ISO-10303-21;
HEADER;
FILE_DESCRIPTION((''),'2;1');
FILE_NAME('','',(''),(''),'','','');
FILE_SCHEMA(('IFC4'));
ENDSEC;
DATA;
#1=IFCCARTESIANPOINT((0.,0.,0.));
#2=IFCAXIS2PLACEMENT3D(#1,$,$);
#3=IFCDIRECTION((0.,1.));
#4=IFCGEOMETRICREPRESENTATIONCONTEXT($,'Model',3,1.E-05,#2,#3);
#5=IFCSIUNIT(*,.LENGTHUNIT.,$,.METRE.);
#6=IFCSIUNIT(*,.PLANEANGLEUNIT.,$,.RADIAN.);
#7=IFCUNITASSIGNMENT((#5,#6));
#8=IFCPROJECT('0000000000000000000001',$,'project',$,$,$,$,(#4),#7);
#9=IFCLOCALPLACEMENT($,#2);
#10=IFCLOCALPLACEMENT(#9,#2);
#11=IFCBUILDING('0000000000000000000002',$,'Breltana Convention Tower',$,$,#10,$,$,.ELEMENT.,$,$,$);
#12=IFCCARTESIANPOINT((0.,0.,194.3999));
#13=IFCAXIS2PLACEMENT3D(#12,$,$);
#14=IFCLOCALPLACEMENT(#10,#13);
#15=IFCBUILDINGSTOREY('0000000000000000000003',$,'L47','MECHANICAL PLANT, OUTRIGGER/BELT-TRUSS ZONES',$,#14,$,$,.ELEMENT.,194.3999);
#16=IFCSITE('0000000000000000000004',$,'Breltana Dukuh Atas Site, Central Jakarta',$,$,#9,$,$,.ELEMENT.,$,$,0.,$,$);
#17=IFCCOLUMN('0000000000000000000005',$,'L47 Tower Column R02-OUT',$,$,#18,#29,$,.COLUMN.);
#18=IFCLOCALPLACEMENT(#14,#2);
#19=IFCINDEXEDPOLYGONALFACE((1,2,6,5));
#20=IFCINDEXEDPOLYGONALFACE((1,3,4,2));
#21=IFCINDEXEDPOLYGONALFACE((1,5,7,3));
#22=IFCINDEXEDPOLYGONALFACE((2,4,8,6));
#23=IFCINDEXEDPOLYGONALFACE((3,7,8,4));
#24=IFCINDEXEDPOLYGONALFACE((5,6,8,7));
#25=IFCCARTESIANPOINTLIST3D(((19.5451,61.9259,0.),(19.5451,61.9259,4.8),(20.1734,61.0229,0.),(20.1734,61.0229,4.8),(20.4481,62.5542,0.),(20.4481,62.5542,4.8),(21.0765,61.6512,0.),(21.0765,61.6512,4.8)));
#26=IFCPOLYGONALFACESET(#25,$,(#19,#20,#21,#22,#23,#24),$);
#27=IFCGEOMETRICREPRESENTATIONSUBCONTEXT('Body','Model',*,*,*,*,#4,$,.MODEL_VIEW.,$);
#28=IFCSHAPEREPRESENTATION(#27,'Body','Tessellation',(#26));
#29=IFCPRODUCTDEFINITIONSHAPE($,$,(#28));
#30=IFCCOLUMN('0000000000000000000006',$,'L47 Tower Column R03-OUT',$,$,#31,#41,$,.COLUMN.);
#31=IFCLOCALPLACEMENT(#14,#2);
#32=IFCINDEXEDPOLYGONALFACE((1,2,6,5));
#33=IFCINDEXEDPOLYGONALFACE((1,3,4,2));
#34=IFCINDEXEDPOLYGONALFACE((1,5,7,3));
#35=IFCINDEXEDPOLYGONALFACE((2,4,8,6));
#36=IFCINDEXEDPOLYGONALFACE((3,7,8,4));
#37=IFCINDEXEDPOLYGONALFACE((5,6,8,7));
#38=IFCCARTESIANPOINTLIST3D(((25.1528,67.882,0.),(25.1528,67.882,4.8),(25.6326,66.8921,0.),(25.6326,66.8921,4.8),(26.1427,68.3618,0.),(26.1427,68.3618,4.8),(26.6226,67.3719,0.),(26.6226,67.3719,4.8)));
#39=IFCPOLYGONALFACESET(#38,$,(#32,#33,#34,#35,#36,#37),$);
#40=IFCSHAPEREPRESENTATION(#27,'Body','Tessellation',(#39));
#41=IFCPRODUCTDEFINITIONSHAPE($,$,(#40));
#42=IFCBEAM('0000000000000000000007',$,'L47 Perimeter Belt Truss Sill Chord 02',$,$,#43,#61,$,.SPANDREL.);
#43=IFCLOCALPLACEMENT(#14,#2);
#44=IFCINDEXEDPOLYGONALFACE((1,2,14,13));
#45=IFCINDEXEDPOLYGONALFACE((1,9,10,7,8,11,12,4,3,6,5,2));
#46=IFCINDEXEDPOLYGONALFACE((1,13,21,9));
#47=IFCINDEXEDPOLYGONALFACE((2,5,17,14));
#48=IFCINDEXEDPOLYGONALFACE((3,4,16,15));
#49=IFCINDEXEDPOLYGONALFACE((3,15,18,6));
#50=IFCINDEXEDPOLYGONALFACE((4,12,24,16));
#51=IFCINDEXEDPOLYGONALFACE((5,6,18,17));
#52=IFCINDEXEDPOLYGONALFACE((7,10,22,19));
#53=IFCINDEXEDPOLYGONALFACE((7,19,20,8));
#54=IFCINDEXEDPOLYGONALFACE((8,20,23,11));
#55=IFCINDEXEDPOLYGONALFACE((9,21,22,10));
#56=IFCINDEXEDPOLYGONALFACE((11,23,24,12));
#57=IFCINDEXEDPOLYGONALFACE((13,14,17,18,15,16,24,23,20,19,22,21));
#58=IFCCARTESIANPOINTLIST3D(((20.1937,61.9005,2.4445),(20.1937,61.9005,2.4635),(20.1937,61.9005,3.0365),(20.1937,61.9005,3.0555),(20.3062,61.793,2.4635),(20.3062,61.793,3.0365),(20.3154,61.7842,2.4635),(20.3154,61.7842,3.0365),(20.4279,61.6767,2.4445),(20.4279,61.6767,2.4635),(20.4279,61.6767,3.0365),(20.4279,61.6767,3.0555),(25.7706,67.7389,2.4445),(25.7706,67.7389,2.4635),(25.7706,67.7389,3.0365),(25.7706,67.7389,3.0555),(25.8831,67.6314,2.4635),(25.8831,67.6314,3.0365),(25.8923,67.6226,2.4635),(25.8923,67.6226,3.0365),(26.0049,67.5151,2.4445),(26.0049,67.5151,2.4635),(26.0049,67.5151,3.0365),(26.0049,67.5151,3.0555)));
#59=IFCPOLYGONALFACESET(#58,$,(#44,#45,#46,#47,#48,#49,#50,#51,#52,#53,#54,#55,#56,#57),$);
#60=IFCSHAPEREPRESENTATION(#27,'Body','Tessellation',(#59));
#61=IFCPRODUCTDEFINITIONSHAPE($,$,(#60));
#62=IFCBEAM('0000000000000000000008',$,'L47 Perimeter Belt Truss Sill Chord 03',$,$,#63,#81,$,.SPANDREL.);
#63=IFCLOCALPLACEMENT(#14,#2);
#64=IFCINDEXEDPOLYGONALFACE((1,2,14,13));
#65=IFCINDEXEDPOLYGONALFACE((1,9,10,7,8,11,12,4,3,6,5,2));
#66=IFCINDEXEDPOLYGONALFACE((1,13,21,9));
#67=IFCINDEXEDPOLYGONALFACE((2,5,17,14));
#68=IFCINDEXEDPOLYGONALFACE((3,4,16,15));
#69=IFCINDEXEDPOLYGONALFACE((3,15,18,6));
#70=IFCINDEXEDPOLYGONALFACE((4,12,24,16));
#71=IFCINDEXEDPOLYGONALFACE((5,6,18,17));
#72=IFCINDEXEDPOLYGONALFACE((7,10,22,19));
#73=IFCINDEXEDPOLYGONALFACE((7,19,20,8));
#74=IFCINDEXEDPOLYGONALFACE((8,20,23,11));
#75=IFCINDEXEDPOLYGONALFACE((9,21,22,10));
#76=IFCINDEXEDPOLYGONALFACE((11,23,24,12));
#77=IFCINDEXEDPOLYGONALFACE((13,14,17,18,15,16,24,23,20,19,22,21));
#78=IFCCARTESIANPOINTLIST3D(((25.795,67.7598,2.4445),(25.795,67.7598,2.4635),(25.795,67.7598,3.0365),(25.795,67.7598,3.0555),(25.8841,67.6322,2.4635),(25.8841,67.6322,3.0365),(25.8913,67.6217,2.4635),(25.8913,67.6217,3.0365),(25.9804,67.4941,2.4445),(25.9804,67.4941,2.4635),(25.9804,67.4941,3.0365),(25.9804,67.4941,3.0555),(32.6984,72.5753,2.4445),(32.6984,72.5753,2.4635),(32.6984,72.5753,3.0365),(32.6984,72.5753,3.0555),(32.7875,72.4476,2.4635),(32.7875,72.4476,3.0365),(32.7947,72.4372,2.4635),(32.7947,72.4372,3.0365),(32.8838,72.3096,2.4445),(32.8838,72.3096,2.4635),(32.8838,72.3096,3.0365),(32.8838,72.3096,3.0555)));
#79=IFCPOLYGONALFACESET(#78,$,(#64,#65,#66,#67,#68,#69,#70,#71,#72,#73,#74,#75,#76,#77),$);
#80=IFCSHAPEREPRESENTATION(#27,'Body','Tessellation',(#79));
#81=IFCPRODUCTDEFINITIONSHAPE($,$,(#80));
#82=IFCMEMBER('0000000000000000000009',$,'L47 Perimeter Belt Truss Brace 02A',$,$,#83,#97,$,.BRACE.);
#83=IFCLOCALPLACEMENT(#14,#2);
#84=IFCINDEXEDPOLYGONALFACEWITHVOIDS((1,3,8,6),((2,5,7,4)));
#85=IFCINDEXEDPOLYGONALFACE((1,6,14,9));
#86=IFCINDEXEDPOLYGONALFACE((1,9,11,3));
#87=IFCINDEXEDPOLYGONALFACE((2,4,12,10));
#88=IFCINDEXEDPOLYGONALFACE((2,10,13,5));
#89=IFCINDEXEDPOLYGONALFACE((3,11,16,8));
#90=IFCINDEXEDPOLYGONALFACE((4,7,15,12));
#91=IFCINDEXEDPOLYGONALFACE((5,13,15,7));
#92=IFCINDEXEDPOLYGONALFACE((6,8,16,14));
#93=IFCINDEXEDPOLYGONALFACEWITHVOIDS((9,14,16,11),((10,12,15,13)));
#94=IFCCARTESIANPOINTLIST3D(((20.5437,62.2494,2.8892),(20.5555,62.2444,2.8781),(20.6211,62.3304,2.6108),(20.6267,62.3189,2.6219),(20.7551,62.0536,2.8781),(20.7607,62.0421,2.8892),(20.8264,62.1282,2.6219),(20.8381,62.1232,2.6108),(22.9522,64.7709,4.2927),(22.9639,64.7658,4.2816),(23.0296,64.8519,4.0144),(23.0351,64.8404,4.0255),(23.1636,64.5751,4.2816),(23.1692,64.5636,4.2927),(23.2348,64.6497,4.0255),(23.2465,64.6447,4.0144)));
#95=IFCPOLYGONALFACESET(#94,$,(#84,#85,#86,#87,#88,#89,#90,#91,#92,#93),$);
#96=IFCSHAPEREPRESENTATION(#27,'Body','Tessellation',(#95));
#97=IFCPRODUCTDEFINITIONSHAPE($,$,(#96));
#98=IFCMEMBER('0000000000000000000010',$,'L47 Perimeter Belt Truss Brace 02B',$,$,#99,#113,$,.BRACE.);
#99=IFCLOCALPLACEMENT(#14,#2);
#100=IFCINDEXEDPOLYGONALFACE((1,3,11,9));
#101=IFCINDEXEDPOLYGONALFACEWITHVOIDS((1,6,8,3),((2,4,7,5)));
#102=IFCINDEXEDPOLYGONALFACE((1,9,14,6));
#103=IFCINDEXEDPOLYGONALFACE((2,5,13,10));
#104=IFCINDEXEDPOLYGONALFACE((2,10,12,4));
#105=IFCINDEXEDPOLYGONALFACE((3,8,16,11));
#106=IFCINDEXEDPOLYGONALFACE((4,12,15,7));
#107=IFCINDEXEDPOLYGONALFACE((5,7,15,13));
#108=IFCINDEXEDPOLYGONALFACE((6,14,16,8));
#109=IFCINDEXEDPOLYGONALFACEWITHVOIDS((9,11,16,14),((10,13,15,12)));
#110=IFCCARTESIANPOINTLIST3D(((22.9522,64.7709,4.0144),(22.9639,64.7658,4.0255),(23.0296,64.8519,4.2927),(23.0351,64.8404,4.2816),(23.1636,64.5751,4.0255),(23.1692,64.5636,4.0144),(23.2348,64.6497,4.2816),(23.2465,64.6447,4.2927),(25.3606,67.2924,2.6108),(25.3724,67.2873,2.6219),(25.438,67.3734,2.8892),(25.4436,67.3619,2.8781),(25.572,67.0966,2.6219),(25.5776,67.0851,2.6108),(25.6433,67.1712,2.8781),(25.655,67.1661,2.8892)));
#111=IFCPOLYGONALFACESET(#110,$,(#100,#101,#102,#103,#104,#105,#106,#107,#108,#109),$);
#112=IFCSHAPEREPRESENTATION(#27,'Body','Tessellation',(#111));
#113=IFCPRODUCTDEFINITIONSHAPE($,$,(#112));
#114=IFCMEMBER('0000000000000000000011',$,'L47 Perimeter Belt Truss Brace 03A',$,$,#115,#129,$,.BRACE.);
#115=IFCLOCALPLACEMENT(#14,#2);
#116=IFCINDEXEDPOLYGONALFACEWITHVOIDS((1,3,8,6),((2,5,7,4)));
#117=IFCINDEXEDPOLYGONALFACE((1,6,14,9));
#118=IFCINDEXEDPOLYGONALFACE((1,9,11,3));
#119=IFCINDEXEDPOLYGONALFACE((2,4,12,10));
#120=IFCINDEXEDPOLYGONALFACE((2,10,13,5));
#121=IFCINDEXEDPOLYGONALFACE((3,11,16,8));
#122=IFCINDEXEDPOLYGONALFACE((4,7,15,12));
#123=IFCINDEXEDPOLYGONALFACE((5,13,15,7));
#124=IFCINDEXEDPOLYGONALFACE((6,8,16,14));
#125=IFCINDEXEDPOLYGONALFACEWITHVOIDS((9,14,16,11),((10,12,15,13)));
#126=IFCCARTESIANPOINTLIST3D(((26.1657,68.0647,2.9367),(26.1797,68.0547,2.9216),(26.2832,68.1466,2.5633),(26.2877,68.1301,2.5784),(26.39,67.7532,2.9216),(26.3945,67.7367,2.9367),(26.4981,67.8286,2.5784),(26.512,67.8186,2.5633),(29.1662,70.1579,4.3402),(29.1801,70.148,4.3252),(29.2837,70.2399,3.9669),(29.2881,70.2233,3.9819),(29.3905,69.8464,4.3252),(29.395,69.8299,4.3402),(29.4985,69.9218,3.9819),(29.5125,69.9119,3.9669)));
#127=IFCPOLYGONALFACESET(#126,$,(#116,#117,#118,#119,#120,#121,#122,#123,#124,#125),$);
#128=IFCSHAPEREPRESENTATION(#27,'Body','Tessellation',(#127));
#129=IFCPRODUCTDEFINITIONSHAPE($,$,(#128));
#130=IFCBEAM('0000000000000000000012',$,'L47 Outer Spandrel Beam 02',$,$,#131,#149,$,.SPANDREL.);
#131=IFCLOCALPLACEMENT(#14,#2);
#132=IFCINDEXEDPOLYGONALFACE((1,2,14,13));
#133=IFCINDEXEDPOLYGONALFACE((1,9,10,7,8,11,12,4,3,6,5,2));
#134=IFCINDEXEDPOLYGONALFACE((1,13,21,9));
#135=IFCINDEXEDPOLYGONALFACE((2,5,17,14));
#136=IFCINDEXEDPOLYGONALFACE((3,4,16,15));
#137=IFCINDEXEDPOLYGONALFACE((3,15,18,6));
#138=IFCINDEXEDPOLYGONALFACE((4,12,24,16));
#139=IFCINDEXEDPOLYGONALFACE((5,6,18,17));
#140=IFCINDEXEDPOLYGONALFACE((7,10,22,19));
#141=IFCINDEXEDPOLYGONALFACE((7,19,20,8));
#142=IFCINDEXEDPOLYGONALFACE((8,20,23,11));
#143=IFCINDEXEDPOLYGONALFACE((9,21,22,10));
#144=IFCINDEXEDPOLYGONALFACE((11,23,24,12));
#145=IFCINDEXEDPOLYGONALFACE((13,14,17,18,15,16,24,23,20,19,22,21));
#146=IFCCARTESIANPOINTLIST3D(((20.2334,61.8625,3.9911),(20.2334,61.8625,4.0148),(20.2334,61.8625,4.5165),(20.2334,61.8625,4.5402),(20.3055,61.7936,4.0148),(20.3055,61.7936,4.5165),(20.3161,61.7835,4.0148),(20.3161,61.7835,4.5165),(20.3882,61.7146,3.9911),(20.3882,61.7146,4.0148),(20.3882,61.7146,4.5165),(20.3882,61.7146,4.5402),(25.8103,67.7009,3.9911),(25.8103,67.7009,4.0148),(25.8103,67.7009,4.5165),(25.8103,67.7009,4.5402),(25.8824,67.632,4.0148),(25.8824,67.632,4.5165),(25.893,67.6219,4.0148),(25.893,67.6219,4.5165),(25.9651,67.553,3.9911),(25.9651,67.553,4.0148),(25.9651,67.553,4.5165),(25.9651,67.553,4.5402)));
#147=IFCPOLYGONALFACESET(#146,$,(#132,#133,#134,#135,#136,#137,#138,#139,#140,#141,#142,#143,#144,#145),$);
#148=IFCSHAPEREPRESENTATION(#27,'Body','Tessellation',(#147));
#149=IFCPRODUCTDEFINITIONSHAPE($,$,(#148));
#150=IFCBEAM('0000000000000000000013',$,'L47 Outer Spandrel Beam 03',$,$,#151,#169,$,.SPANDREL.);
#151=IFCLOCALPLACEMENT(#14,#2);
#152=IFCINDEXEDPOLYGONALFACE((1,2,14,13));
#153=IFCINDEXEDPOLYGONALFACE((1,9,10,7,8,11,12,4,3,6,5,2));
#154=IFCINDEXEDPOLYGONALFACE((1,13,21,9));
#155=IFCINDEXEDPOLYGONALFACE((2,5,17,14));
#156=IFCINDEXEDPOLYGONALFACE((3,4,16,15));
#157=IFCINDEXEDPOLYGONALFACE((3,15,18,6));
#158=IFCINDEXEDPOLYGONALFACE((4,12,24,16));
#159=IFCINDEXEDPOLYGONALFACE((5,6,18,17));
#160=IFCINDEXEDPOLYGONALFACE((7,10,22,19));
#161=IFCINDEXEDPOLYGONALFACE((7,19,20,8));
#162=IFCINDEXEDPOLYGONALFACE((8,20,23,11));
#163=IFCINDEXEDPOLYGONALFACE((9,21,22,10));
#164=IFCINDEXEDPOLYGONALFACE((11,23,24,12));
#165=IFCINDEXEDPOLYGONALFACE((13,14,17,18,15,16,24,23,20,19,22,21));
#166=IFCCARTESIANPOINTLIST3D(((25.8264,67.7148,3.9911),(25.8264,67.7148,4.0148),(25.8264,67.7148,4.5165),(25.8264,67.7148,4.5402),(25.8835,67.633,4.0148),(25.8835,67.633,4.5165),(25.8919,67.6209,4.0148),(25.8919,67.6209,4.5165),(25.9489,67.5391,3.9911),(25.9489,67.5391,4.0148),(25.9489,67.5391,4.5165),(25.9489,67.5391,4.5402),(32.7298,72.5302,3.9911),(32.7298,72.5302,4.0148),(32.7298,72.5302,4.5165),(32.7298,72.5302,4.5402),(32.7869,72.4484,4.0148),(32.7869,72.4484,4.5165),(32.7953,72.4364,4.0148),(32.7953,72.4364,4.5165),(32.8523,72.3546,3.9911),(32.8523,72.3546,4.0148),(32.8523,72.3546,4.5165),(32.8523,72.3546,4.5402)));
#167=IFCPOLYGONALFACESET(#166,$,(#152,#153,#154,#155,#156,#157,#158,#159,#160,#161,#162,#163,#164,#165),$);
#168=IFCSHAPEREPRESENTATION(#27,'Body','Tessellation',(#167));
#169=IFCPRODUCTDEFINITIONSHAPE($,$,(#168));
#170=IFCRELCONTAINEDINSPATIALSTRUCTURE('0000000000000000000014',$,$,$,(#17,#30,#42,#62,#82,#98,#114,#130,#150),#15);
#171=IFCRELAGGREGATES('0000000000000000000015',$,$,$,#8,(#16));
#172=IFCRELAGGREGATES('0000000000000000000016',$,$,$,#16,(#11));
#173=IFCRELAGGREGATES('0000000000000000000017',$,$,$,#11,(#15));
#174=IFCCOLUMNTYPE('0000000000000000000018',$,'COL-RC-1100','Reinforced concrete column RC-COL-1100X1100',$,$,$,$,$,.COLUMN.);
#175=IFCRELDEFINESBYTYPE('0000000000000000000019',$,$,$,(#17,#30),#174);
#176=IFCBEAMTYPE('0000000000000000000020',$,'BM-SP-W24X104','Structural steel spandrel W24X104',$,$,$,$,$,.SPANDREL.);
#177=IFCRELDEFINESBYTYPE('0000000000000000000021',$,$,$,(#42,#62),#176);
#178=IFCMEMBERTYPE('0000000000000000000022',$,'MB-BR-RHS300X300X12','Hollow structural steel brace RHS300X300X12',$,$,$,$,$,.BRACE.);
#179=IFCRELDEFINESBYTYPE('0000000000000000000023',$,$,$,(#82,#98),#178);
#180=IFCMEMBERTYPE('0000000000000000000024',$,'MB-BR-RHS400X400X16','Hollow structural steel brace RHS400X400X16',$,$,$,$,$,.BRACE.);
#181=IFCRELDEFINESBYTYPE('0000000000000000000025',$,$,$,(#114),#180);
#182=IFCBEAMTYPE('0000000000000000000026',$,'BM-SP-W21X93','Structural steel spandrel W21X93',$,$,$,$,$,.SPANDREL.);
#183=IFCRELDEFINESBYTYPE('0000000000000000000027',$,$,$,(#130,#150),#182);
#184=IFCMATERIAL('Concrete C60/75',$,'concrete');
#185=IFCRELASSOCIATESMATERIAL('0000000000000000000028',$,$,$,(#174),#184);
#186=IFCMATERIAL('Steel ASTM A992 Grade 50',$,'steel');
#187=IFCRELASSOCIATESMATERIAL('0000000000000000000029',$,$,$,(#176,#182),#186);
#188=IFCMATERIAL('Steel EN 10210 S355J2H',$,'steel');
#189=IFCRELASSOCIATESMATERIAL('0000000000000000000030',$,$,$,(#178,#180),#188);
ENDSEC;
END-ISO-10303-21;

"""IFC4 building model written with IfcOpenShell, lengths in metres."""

from ifc_helpers import new_model, si_unit, direction, frame, origin, origin_2d, place, context, subcontext, project, spatial, rectangle, hollow_rectangle, i_section, extrude, source, transform, mapped, material, material_profile, profile_set, type_object, element, save


model = new_model("IFC4")

# Units and contexts
model_context = context("Model", 3, precision=1e-05, world=origin(), true_north=direction((0.0, 1.0)))
body_context = subcontext(model_context, "Body", "Model", "MODEL_VIEW")
ifc_project = project(units=[si_unit("LENGTHUNIT", "METRE"), si_unit("PLANEANGLEUNIT", "RADIAN")], contexts=[model_context])

# Site, building, storey
site_placement = place(None, origin())
site = spatial("IfcSite", under=ifc_project, at=site_placement, Name="Breltana Dukuh Atas Site, Central Jakarta", CompositionType="ELEMENT", RefElevation=0.0)
building_placement = place(site_placement, origin())
building = spatial("IfcBuilding", under=site, at=building_placement, Name="Breltana Convention Tower", CompositionType="ELEMENT")
storey_placement = place(building_placement, frame((0.0, 0.0, 194.3999)))
storey = spatial("IfcBuildingStorey", under=building, at=storey_placement, Name="L47", Description="MECHANICAL PLANT, OUTRIGGER/BELT-TRUSS ZONES", CompositionType="ELEMENT", Elevation=194.3999)

# Columns
ifc_material_1 = material(Name="Concrete C60/75", Category="concrete")
ifc_material_profile_1 = material_profile(ifc_material_1, rectangle(XDim=1.1001, YDim=1.1001, at=origin_2d()), Name="RC-COL-1100X1100")
ifc_profile_set_1 = profile_set([ifc_material_profile_1], Name="Concrete C60/75")
column_type = type_object("IfcColumnType", Name="COL-RC-1100", Description="Reinforced concrete column RC-COL-1100X1100", PredefinedType="COLUMN", material=ifc_profile_set_1)
shared_shape_1 = source(origin(), body_context, "Body", "SweptSolid", [
    extrude(rectangle(XDim=1.1001, YDim=1.1001, at=origin_2d()), origin(), (0.0, 0.0, 1.0), 4.8),
])
for number, where, z_axis, x_axis, name in (
    (1, (20.3108, 61.7886, 0.0), (0.0, 0.0, 1.0), (-0.571143, 0.82085, 0.0), "L47 Tower Column R02-OUT"),
    (2, (25.8877, 67.627, 0.0), (0.0, 0.0, 1.0), (-0.436174, 0.899863, 0.0), "L47 Tower Column R03-OUT"),
):
    element("IfcColumn", number, at=place(storey_placement, frame(where, z_axis=z_axis, x_axis=x_axis)), inside=storey, type_object=column_type, Name=name, PredefinedType="COLUMN", context=body_context, shape_type="MappedRepresentation", body=[
        mapped(shared_shape_1, transform((0.0, 0.0, 0.0), scale=1.0)),
    ])

# Beams
ifc_material_2 = material(Name="Steel ASTM A992 Grade 50", Category="steel")
ifc_material_profile_2 = material_profile(ifc_material_2, i_section(OverallWidth=0.324, OverallDepth=0.6111, WebThickness=0.0127, FlangeThickness=0.019, at=origin_2d()), Name="W24X104")
ifc_profile_set_2 = profile_set([ifc_material_profile_2], Name="Steel ASTM A992 Grade 50")
beam_type_1 = type_object("IfcBeamType", Name="BM-SP-W24X104", Description="Structural steel spandrel W24X104", PredefinedType="SPANDREL", material=ifc_profile_set_2)
shared_shape_2 = source(origin(), body_context, "Body", "SweptSolid", [
    extrude(i_section(OverallWidth=0.324, OverallDepth=0.6111, WebThickness=0.0127, FlangeThickness=0.019, at=origin_2d()), origin(), (0.0, 0.0, 1.0), 8.074),
])
beam_1_placement = place(storey_placement, frame((20.3108, 61.7886, 2.75), z_axis=(0.690729, 0.723114, 0.0), x_axis=(-0.723114, 0.690729, 0.0)))
element("IfcBeam", 3, at=beam_1_placement, inside=storey, type_object=beam_type_1, Name="L47 Perimeter Belt Truss Sill Chord 02", PredefinedType="SPANDREL", context=body_context, shape_type="MappedRepresentation", body=[
    mapped(shared_shape_2, transform((0.0, 0.0, 0.0), scale=1.0)),
])
shared_shape_3 = source(origin(), body_context, "Body", "SweptSolid", [
    extrude(i_section(OverallWidth=0.324, OverallDepth=0.6111, WebThickness=0.0127, FlangeThickness=0.019, at=origin_2d()), origin(), (0.0, 0.0, 1.0), 8.417),
])
beam_2_placement = place(storey_placement, frame((25.8877, 67.627, 2.75), z_axis=(0.820174, 0.572114, 0.0), x_axis=(-0.572114, 0.820174, 0.0)))
element("IfcBeam", 4, at=beam_2_placement, inside=storey, type_object=beam_type_1, Name="L47 Perimeter Belt Truss Sill Chord 03", PredefinedType="SPANDREL", context=body_context, shape_type="MappedRepresentation", body=[
    mapped(shared_shape_3, transform((0.0, 0.0, 0.0), scale=1.0)),
])

# Members
ifc_material_3 = material(Name="Steel EN 10210 S355J2H", Category="steel")
ifc_material_profile_3 = material_profile(ifc_material_3, hollow_rectangle(XDim=0.3, YDim=0.3, WallThickness=0.012, at=origin_2d()), Name="RHS300X300X12")
ifc_profile_set_3 = profile_set([ifc_material_profile_3], Name="Steel EN 10210 S355J2H")
member_type_1 = type_object("IfcMemberType", Name="MB-BR-RHS300X300X12", Description="Hollow structural steel brace RHS300X300X12", PredefinedType="BRACE", material=ifc_profile_set_3)
shared_shape_4 = source(origin(), body_context, "Body", "SweptSolid", [
    extrude(hollow_rectangle(XDim=0.3, YDim=0.3, WallThickness=0.012, at=origin_2d()), origin(), (0.0, 0.0, 1.0), 3.7588),
])
for number, where, z_axis, x_axis, name in (
    (5, (20.6909, 62.1863, 2.75), (0.640751, 0.670824, 0.373409), (-0.72313, 0.690712, 0.0), "L47 Perimeter Belt Truss Brace 02A"),
    (6, (23.0994, 64.7078, 4.1536), (0.640751, 0.670824, -0.373409), (-0.72313, 0.690712, 0.0), "L47 Perimeter Belt Truss Brace 02B"),
):
    element("IfcMember", number, at=place(storey_placement, frame(where, z_axis=z_axis, x_axis=x_axis)), inside=storey, type_object=member_type_1, Name=name, PredefinedType="BRACE", context=body_context, shape_type="MappedRepresentation", body=[
        mapped(shared_shape_4, transform((0.0, 0.0, 0.0), scale=1.0)),
    ])
ifc_material_profile_4 = material_profile(ifc_material_3, hollow_rectangle(XDim=0.3999, YDim=0.3999, WallThickness=0.0161, at=origin_2d()), Name="RHS400X400X16")
ifc_profile_set_4 = profile_set([ifc_material_profile_4], Name="Steel EN 10210 S355J2H")
member_type_2 = type_object("IfcMemberType", Name="MB-BR-RHS400X400X16", Description="Hollow structural steel brace RHS400X400X16", PredefinedType="BRACE", material=ifc_profile_set_4)
shared_shape_5 = source(origin(), body_context, "Body", "SweptSolid", [
    extrude(hollow_rectangle(XDim=0.3999, YDim=0.3999, WallThickness=0.0161, at=origin_2d()), origin(), (0.0, 0.0, 1.0), 3.9185),
])
member_placement = place(storey_placement, frame((26.3389, 67.9417, 2.75), z_axis=(0.765723, 0.534199, 0.358189), x_axis=(-0.572163, 0.82014, 0.0)))
element("IfcMember", 7, at=member_placement, inside=storey, type_object=member_type_2, Name="L47 Perimeter Belt Truss Brace 03A", PredefinedType="BRACE", context=body_context, shape_type="MappedRepresentation", body=[
    mapped(shared_shape_5, transform((0.0, 0.0, 0.0), scale=1.0)),
])

# Beams
ifc_material_profile_5 = material_profile(ifc_material_2, i_section(OverallWidth=0.2141, OverallDepth=0.5491, WebThickness=0.0146, FlangeThickness=0.0237, at=origin_2d()), Name="W21X93")
ifc_profile_set_5 = profile_set([ifc_material_profile_5], Name="Steel ASTM A992 Grade 50")
beam_type_2 = type_object("IfcBeamType", Name="BM-SP-W21X93", Description="Structural steel spandrel W21X93", PredefinedType="SPANDREL", material=ifc_profile_set_5)
shared_shape_6 = source(origin(), body_context, "Body", "SweptSolid", [
    extrude(i_section(OverallWidth=0.2141, OverallDepth=0.5491, WebThickness=0.0146, FlangeThickness=0.0237, at=origin_2d()), origin(), (0.0, 0.0, 1.0), 8.074),
])
beam_3_placement = place(storey_placement, frame((20.3108, 61.7886, 4.2656), z_axis=(0.690729, 0.723114, 0.0), x_axis=(-0.723114, 0.690729, 0.0)))
element("IfcBeam", 8, at=beam_3_placement, inside=storey, type_object=beam_type_2, Name="L47 Outer Spandrel Beam 02", PredefinedType="SPANDREL", context=body_context, shape_type="MappedRepresentation", body=[
    mapped(shared_shape_6, transform((0.0, 0.0, 0.0), scale=1.0)),
])
shared_shape_7 = source(origin(), body_context, "Body", "SweptSolid", [
    extrude(i_section(OverallWidth=0.2141, OverallDepth=0.5491, WebThickness=0.0146, FlangeThickness=0.0237, at=origin_2d()), origin(), (0.0, 0.0, 1.0), 8.417),
])
beam_4_placement = place(storey_placement, frame((25.8877, 67.627, 4.2656), z_axis=(0.820174, 0.572114, 0.0), x_axis=(-0.572114, 0.820174, 0.0)))
element("IfcBeam", 9, at=beam_4_placement, inside=storey, type_object=beam_type_2, Name="L47 Outer Spandrel Beam 03", PredefinedType="SPANDREL", context=body_context, shape_type="MappedRepresentation", body=[
    mapped(shared_shape_7, transform((0.0, 0.0, 0.0), scale=1.0)),
])

save(model, "model.ifc")
